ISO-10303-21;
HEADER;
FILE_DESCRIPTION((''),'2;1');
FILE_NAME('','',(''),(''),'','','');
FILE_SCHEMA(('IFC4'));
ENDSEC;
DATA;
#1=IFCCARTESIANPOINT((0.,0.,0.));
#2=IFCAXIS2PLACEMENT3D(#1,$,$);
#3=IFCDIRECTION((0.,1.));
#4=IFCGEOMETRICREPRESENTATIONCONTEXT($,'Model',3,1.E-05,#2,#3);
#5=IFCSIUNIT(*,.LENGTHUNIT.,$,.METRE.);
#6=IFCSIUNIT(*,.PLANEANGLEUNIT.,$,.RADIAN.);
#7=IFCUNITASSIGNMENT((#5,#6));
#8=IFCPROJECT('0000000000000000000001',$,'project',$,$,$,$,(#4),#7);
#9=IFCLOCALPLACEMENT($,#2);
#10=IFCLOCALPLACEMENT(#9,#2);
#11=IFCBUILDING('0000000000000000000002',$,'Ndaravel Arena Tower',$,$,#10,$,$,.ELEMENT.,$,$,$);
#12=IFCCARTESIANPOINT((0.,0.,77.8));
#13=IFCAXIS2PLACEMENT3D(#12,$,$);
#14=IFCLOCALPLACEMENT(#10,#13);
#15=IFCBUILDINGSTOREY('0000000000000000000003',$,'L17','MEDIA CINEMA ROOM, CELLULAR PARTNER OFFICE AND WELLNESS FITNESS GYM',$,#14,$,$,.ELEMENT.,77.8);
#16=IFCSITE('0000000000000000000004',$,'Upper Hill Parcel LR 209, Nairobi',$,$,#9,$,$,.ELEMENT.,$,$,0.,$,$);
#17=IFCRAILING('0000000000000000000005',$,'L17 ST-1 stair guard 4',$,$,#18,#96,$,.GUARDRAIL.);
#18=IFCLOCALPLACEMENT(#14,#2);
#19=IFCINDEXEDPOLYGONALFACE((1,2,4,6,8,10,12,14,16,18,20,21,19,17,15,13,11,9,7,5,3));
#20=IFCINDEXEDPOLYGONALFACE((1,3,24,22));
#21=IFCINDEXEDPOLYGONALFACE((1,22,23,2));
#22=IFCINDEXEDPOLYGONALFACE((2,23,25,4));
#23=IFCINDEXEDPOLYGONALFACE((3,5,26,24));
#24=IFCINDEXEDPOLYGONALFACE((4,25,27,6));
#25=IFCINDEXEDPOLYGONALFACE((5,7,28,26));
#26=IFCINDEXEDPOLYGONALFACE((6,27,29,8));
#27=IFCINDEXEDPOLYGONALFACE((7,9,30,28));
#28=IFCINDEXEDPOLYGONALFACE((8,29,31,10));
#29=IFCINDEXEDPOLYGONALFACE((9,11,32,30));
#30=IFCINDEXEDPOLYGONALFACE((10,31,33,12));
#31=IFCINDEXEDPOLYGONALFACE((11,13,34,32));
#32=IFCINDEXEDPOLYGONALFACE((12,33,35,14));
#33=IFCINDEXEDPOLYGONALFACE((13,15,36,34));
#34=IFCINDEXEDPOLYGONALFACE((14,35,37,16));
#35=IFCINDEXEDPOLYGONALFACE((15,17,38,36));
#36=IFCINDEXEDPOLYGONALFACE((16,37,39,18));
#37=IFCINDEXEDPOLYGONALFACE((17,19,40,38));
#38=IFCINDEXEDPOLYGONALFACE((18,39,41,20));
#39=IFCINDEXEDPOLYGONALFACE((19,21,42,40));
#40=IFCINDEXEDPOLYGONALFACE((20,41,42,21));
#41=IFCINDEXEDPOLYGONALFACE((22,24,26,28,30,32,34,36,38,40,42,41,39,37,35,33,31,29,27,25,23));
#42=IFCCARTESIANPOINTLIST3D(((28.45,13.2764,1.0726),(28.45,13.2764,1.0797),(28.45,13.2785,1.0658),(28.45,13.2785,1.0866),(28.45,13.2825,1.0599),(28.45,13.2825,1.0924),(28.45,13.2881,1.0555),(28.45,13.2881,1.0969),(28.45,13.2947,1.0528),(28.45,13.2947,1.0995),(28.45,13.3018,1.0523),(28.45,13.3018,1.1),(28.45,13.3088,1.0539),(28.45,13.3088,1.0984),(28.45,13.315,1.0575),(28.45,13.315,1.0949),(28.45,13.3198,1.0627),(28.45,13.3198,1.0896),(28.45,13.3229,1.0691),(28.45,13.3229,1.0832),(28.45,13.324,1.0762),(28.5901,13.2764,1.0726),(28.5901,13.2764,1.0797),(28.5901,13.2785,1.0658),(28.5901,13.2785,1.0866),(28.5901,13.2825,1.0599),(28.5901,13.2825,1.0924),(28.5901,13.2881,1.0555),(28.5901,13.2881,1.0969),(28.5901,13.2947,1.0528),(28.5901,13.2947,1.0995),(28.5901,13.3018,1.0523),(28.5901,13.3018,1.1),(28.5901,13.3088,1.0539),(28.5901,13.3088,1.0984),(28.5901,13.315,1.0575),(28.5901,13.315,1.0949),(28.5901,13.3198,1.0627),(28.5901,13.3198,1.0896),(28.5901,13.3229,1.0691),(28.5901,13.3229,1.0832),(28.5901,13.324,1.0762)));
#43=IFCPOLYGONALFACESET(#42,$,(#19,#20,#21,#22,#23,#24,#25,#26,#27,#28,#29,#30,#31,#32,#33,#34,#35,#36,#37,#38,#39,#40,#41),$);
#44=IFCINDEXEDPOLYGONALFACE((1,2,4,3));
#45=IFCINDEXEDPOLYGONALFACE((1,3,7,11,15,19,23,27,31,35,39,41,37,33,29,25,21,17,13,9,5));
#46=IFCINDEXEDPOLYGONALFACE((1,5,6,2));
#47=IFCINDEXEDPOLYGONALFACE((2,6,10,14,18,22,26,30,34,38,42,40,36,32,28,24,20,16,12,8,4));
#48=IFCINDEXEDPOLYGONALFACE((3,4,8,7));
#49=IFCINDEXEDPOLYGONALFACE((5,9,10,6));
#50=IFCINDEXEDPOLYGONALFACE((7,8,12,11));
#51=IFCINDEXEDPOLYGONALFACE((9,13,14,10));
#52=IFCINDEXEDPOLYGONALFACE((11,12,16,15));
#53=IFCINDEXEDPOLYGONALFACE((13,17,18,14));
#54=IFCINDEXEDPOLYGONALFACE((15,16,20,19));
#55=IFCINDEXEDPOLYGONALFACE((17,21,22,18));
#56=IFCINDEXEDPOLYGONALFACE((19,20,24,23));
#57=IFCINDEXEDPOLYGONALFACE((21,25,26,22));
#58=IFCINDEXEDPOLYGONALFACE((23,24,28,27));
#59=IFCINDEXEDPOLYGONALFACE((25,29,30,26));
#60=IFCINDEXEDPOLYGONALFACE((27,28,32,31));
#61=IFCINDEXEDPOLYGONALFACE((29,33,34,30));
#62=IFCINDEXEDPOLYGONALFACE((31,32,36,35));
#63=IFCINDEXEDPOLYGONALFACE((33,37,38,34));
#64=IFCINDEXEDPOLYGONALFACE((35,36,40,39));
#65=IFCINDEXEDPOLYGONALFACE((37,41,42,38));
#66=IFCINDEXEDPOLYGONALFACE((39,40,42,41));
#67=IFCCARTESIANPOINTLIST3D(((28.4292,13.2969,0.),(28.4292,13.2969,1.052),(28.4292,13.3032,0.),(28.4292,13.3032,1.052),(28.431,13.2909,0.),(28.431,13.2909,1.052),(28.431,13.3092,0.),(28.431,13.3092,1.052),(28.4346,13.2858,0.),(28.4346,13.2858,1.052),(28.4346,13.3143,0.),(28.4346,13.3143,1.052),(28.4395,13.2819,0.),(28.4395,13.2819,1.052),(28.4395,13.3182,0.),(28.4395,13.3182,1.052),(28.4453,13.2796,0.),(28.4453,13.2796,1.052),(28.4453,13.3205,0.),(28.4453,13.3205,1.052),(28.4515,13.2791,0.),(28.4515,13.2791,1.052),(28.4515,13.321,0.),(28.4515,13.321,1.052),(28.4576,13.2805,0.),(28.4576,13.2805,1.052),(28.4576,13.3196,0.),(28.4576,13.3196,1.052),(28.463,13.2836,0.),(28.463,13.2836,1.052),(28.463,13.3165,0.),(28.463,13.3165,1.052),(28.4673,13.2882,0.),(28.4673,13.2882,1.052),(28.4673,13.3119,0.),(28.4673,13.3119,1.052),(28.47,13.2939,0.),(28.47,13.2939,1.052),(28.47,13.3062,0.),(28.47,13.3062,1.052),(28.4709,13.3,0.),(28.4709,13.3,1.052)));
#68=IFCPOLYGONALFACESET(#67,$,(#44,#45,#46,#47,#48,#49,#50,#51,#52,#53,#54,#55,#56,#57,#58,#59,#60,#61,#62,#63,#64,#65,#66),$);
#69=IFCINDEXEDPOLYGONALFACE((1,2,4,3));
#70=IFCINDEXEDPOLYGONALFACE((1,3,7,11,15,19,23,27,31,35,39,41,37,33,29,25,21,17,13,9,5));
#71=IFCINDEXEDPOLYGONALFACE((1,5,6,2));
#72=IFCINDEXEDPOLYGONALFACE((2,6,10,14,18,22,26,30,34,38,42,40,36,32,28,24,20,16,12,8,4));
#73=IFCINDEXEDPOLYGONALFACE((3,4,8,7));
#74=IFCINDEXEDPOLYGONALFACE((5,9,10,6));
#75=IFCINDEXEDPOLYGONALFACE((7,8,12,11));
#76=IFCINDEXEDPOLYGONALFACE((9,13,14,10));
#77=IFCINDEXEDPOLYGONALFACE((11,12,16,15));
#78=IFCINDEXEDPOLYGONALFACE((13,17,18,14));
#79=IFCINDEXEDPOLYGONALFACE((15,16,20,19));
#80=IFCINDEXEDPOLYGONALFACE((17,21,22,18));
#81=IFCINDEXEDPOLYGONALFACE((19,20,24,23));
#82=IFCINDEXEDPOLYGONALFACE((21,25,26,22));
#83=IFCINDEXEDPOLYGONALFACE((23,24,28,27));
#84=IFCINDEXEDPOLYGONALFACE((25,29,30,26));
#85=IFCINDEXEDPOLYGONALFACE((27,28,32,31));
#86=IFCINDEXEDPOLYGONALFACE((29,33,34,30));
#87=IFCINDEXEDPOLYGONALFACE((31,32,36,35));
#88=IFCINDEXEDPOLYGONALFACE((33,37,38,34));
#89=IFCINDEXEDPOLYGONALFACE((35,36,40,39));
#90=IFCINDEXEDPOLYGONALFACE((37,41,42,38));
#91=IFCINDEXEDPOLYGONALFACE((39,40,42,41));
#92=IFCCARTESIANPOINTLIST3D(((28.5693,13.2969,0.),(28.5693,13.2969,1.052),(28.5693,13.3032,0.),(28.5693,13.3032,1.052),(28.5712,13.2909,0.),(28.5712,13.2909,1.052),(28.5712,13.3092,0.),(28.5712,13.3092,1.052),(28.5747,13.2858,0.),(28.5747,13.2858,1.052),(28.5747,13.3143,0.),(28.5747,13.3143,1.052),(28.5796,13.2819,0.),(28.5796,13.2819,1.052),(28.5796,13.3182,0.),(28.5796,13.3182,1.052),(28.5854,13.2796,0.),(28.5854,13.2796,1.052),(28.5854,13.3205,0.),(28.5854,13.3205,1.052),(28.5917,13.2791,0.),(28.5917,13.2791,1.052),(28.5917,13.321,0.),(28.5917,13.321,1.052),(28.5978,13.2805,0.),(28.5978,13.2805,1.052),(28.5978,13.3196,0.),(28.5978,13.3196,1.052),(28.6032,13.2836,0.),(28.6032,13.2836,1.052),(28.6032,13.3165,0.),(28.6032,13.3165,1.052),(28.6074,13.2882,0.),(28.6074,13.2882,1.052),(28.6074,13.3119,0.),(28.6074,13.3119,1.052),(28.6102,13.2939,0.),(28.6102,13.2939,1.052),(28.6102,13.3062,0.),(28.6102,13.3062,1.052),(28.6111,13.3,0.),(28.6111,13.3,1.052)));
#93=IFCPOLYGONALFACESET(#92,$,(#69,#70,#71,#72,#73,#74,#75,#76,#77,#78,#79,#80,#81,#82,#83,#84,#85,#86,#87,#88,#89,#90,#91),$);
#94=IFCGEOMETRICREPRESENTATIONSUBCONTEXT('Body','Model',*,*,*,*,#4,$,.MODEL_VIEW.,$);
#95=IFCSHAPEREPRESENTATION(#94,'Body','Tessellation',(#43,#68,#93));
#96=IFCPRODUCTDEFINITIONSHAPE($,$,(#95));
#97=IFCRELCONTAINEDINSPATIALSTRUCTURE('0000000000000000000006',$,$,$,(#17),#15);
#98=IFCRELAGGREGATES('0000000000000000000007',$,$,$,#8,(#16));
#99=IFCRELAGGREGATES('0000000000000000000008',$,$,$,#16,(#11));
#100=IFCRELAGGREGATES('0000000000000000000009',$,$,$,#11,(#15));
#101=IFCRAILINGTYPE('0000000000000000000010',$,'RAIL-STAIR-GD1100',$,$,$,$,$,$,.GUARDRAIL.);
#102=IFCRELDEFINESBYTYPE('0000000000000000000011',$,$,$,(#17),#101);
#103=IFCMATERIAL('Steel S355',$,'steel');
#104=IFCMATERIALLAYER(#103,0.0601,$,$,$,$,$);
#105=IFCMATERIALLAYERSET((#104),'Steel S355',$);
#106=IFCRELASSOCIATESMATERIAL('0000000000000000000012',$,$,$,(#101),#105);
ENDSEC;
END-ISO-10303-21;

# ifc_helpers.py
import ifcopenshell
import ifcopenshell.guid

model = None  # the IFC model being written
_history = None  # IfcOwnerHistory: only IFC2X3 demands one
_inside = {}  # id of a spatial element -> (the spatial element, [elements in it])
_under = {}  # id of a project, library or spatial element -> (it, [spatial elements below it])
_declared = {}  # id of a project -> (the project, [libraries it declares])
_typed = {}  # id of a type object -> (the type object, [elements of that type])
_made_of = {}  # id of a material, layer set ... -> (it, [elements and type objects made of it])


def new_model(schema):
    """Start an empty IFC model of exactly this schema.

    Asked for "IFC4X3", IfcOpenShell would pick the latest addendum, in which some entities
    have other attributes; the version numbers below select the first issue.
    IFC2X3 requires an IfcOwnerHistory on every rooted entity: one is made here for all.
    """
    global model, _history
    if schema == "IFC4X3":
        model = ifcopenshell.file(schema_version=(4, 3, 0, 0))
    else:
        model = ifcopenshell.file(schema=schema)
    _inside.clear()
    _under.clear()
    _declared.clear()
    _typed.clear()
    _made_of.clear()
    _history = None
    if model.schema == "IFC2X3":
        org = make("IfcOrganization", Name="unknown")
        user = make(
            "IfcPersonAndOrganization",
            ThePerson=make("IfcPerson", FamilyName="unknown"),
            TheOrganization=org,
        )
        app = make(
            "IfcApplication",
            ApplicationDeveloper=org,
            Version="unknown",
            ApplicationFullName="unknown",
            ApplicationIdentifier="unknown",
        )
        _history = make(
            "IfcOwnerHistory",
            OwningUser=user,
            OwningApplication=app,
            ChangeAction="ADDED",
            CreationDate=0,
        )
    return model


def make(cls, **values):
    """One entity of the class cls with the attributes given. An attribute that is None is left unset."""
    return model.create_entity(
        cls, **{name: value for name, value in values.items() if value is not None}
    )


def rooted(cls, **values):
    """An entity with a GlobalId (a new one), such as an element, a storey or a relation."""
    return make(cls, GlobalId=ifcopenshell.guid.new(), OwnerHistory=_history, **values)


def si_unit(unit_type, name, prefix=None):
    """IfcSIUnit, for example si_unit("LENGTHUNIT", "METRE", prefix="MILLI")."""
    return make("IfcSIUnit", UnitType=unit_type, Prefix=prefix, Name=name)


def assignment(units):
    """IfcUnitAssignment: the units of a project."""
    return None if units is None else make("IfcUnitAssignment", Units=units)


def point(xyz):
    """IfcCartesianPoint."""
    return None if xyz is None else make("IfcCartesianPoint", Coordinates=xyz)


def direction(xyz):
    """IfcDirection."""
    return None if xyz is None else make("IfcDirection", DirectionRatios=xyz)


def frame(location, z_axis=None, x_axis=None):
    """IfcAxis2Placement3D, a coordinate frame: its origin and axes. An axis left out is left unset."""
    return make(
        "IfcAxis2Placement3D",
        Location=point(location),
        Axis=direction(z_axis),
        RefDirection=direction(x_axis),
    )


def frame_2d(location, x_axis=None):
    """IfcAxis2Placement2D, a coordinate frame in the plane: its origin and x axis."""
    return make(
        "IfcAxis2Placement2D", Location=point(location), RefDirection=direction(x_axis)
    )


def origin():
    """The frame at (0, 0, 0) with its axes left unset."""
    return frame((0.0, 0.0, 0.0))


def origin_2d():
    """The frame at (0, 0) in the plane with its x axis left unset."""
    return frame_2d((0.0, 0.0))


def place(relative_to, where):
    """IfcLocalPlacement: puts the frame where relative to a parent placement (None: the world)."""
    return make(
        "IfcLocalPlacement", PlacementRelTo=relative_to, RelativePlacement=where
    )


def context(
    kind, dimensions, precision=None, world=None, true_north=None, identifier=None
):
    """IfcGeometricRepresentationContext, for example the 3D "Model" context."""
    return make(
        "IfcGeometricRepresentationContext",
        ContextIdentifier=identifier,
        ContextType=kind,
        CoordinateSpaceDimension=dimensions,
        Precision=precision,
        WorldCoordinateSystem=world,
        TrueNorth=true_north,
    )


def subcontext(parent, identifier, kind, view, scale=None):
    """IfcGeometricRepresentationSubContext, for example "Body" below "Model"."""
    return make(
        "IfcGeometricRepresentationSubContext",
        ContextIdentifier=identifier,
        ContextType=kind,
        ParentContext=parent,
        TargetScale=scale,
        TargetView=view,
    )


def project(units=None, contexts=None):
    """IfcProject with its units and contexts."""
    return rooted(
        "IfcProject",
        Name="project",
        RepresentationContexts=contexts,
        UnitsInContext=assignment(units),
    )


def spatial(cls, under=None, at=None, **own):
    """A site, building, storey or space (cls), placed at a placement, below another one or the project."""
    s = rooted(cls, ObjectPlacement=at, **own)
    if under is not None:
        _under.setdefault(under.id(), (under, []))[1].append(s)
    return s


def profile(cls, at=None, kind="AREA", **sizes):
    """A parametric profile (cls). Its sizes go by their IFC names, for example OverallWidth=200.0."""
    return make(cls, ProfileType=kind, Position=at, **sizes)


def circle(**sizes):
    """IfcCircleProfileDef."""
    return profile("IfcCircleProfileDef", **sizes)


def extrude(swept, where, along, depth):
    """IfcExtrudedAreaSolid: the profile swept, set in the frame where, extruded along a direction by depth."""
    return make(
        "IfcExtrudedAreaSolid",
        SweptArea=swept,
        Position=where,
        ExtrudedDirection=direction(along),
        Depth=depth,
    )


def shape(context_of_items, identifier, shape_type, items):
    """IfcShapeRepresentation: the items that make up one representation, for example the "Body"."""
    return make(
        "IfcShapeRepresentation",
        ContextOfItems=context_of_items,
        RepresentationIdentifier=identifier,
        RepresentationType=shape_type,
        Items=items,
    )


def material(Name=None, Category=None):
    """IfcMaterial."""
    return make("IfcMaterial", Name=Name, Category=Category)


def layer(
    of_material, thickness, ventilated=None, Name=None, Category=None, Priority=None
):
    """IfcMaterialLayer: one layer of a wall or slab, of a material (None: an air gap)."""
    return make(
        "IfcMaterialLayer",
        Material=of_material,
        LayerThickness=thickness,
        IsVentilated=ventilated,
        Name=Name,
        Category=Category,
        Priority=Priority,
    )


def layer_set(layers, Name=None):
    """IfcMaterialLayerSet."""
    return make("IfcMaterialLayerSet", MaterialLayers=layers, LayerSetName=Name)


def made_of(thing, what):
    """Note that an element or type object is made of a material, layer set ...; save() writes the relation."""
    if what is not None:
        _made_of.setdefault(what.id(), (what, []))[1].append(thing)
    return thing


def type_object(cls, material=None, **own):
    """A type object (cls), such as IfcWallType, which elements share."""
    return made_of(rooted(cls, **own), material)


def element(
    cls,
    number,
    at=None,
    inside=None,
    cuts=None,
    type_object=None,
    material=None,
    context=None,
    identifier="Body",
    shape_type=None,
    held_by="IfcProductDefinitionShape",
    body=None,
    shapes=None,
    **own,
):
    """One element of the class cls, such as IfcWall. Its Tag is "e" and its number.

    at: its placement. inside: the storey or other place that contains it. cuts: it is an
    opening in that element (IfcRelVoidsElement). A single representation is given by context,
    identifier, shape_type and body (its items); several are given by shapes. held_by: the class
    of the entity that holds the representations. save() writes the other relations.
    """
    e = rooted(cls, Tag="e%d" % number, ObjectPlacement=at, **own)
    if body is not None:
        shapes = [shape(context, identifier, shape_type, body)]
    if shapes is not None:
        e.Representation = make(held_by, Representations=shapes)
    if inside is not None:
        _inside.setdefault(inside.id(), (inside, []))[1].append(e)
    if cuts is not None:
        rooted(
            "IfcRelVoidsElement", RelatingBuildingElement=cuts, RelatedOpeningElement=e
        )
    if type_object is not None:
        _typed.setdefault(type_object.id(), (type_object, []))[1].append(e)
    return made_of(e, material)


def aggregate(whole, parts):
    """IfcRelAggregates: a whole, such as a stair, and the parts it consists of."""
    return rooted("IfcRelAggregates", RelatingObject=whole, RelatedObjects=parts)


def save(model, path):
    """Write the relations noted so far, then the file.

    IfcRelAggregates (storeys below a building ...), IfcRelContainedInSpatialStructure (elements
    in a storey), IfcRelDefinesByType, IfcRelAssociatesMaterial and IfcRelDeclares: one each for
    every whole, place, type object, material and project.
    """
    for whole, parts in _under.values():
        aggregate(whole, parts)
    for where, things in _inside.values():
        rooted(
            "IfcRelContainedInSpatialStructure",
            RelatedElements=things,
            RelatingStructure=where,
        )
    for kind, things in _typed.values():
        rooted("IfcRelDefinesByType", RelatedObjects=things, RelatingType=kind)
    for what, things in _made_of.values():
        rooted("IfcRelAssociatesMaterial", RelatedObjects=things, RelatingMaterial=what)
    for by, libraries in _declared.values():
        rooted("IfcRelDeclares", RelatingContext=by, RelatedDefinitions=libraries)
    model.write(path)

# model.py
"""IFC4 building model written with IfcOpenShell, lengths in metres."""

from ifc_helpers import new_model, si_unit, direction, frame, origin, origin_2d, place, context, subcontext, project, spatial, circle, extrude, material, layer, layer_set, type_object, element, save


model = new_model("IFC4")

# Units and contexts
model_context = context("Model", 3, precision=1e-05, world=origin(), true_north=direction((0.0, 1.0)))
body_context = subcontext(model_context, "Body", "Model", "MODEL_VIEW")
ifc_project = project(units=[si_unit("LENGTHUNIT", "METRE"), si_unit("PLANEANGLEUNIT", "RADIAN")], contexts=[model_context])

# Site, building, storey
site_placement = place(None, origin())
site = spatial("IfcSite", under=ifc_project, at=site_placement, Name="Upper Hill Parcel LR 209, Nairobi", CompositionType="ELEMENT", RefElevation=0.0)
building_placement = place(site_placement, origin())
building = spatial("IfcBuilding", under=site, at=building_placement, Name="Ndaravel Arena Tower", CompositionType="ELEMENT")
storey_placement = place(building_placement, frame((0.0, 0.0, 77.8)))
storey = spatial("IfcBuildingStorey", under=building, at=storey_placement, Name="L17", Description="MEDIA CINEMA ROOM, CELLULAR PARTNER OFFICE AND WELLNESS FITNESS GYM", CompositionType="ELEMENT", Elevation=77.8)

# Railing
ifc_material_1 = material(Name="Steel S355", Category="steel")
ifc_layer_1 = layer(ifc_material_1, 0.0601)
ifc_layer_set_1 = layer_set([ifc_layer_1], Name="Steel S355")
railing_type_1 = type_object("IfcRailingType", Name="RAIL-STAIR-GD1100", PredefinedType="GUARDRAIL", material=ifc_layer_set_1)
railing_1_placement = place(storey_placement, frame((28.45, 13.3, 0.0)))
element("IfcRailing", 1, at=railing_1_placement, inside=storey, type_object=railing_type_1, Name="L17 ST-1 stair guard 4", PredefinedType="GUARDRAIL", context=body_context, shape_type="SweptSolid", body=[
    extrude(circle(Radius=0.0239, at=origin_2d()), frame((0.0, 0.0, 1.0762), z_axis=(1.0, 0.0, 0.0), x_axis=(0.0, 1.0, 0.0)), (0.0, 0.0, 1.0), 0.1401),
    extrude(circle(Radius=0.021, at=origin_2d()), origin(), (0.0, 0.0, 1.0), 1.052),
    extrude(circle(Radius=0.021, at=origin_2d()), frame((0.1401, 0.0, 0.0)), (0.0, 0.0, 1.0), 1.052),
])

save(model, "model.ifc")
